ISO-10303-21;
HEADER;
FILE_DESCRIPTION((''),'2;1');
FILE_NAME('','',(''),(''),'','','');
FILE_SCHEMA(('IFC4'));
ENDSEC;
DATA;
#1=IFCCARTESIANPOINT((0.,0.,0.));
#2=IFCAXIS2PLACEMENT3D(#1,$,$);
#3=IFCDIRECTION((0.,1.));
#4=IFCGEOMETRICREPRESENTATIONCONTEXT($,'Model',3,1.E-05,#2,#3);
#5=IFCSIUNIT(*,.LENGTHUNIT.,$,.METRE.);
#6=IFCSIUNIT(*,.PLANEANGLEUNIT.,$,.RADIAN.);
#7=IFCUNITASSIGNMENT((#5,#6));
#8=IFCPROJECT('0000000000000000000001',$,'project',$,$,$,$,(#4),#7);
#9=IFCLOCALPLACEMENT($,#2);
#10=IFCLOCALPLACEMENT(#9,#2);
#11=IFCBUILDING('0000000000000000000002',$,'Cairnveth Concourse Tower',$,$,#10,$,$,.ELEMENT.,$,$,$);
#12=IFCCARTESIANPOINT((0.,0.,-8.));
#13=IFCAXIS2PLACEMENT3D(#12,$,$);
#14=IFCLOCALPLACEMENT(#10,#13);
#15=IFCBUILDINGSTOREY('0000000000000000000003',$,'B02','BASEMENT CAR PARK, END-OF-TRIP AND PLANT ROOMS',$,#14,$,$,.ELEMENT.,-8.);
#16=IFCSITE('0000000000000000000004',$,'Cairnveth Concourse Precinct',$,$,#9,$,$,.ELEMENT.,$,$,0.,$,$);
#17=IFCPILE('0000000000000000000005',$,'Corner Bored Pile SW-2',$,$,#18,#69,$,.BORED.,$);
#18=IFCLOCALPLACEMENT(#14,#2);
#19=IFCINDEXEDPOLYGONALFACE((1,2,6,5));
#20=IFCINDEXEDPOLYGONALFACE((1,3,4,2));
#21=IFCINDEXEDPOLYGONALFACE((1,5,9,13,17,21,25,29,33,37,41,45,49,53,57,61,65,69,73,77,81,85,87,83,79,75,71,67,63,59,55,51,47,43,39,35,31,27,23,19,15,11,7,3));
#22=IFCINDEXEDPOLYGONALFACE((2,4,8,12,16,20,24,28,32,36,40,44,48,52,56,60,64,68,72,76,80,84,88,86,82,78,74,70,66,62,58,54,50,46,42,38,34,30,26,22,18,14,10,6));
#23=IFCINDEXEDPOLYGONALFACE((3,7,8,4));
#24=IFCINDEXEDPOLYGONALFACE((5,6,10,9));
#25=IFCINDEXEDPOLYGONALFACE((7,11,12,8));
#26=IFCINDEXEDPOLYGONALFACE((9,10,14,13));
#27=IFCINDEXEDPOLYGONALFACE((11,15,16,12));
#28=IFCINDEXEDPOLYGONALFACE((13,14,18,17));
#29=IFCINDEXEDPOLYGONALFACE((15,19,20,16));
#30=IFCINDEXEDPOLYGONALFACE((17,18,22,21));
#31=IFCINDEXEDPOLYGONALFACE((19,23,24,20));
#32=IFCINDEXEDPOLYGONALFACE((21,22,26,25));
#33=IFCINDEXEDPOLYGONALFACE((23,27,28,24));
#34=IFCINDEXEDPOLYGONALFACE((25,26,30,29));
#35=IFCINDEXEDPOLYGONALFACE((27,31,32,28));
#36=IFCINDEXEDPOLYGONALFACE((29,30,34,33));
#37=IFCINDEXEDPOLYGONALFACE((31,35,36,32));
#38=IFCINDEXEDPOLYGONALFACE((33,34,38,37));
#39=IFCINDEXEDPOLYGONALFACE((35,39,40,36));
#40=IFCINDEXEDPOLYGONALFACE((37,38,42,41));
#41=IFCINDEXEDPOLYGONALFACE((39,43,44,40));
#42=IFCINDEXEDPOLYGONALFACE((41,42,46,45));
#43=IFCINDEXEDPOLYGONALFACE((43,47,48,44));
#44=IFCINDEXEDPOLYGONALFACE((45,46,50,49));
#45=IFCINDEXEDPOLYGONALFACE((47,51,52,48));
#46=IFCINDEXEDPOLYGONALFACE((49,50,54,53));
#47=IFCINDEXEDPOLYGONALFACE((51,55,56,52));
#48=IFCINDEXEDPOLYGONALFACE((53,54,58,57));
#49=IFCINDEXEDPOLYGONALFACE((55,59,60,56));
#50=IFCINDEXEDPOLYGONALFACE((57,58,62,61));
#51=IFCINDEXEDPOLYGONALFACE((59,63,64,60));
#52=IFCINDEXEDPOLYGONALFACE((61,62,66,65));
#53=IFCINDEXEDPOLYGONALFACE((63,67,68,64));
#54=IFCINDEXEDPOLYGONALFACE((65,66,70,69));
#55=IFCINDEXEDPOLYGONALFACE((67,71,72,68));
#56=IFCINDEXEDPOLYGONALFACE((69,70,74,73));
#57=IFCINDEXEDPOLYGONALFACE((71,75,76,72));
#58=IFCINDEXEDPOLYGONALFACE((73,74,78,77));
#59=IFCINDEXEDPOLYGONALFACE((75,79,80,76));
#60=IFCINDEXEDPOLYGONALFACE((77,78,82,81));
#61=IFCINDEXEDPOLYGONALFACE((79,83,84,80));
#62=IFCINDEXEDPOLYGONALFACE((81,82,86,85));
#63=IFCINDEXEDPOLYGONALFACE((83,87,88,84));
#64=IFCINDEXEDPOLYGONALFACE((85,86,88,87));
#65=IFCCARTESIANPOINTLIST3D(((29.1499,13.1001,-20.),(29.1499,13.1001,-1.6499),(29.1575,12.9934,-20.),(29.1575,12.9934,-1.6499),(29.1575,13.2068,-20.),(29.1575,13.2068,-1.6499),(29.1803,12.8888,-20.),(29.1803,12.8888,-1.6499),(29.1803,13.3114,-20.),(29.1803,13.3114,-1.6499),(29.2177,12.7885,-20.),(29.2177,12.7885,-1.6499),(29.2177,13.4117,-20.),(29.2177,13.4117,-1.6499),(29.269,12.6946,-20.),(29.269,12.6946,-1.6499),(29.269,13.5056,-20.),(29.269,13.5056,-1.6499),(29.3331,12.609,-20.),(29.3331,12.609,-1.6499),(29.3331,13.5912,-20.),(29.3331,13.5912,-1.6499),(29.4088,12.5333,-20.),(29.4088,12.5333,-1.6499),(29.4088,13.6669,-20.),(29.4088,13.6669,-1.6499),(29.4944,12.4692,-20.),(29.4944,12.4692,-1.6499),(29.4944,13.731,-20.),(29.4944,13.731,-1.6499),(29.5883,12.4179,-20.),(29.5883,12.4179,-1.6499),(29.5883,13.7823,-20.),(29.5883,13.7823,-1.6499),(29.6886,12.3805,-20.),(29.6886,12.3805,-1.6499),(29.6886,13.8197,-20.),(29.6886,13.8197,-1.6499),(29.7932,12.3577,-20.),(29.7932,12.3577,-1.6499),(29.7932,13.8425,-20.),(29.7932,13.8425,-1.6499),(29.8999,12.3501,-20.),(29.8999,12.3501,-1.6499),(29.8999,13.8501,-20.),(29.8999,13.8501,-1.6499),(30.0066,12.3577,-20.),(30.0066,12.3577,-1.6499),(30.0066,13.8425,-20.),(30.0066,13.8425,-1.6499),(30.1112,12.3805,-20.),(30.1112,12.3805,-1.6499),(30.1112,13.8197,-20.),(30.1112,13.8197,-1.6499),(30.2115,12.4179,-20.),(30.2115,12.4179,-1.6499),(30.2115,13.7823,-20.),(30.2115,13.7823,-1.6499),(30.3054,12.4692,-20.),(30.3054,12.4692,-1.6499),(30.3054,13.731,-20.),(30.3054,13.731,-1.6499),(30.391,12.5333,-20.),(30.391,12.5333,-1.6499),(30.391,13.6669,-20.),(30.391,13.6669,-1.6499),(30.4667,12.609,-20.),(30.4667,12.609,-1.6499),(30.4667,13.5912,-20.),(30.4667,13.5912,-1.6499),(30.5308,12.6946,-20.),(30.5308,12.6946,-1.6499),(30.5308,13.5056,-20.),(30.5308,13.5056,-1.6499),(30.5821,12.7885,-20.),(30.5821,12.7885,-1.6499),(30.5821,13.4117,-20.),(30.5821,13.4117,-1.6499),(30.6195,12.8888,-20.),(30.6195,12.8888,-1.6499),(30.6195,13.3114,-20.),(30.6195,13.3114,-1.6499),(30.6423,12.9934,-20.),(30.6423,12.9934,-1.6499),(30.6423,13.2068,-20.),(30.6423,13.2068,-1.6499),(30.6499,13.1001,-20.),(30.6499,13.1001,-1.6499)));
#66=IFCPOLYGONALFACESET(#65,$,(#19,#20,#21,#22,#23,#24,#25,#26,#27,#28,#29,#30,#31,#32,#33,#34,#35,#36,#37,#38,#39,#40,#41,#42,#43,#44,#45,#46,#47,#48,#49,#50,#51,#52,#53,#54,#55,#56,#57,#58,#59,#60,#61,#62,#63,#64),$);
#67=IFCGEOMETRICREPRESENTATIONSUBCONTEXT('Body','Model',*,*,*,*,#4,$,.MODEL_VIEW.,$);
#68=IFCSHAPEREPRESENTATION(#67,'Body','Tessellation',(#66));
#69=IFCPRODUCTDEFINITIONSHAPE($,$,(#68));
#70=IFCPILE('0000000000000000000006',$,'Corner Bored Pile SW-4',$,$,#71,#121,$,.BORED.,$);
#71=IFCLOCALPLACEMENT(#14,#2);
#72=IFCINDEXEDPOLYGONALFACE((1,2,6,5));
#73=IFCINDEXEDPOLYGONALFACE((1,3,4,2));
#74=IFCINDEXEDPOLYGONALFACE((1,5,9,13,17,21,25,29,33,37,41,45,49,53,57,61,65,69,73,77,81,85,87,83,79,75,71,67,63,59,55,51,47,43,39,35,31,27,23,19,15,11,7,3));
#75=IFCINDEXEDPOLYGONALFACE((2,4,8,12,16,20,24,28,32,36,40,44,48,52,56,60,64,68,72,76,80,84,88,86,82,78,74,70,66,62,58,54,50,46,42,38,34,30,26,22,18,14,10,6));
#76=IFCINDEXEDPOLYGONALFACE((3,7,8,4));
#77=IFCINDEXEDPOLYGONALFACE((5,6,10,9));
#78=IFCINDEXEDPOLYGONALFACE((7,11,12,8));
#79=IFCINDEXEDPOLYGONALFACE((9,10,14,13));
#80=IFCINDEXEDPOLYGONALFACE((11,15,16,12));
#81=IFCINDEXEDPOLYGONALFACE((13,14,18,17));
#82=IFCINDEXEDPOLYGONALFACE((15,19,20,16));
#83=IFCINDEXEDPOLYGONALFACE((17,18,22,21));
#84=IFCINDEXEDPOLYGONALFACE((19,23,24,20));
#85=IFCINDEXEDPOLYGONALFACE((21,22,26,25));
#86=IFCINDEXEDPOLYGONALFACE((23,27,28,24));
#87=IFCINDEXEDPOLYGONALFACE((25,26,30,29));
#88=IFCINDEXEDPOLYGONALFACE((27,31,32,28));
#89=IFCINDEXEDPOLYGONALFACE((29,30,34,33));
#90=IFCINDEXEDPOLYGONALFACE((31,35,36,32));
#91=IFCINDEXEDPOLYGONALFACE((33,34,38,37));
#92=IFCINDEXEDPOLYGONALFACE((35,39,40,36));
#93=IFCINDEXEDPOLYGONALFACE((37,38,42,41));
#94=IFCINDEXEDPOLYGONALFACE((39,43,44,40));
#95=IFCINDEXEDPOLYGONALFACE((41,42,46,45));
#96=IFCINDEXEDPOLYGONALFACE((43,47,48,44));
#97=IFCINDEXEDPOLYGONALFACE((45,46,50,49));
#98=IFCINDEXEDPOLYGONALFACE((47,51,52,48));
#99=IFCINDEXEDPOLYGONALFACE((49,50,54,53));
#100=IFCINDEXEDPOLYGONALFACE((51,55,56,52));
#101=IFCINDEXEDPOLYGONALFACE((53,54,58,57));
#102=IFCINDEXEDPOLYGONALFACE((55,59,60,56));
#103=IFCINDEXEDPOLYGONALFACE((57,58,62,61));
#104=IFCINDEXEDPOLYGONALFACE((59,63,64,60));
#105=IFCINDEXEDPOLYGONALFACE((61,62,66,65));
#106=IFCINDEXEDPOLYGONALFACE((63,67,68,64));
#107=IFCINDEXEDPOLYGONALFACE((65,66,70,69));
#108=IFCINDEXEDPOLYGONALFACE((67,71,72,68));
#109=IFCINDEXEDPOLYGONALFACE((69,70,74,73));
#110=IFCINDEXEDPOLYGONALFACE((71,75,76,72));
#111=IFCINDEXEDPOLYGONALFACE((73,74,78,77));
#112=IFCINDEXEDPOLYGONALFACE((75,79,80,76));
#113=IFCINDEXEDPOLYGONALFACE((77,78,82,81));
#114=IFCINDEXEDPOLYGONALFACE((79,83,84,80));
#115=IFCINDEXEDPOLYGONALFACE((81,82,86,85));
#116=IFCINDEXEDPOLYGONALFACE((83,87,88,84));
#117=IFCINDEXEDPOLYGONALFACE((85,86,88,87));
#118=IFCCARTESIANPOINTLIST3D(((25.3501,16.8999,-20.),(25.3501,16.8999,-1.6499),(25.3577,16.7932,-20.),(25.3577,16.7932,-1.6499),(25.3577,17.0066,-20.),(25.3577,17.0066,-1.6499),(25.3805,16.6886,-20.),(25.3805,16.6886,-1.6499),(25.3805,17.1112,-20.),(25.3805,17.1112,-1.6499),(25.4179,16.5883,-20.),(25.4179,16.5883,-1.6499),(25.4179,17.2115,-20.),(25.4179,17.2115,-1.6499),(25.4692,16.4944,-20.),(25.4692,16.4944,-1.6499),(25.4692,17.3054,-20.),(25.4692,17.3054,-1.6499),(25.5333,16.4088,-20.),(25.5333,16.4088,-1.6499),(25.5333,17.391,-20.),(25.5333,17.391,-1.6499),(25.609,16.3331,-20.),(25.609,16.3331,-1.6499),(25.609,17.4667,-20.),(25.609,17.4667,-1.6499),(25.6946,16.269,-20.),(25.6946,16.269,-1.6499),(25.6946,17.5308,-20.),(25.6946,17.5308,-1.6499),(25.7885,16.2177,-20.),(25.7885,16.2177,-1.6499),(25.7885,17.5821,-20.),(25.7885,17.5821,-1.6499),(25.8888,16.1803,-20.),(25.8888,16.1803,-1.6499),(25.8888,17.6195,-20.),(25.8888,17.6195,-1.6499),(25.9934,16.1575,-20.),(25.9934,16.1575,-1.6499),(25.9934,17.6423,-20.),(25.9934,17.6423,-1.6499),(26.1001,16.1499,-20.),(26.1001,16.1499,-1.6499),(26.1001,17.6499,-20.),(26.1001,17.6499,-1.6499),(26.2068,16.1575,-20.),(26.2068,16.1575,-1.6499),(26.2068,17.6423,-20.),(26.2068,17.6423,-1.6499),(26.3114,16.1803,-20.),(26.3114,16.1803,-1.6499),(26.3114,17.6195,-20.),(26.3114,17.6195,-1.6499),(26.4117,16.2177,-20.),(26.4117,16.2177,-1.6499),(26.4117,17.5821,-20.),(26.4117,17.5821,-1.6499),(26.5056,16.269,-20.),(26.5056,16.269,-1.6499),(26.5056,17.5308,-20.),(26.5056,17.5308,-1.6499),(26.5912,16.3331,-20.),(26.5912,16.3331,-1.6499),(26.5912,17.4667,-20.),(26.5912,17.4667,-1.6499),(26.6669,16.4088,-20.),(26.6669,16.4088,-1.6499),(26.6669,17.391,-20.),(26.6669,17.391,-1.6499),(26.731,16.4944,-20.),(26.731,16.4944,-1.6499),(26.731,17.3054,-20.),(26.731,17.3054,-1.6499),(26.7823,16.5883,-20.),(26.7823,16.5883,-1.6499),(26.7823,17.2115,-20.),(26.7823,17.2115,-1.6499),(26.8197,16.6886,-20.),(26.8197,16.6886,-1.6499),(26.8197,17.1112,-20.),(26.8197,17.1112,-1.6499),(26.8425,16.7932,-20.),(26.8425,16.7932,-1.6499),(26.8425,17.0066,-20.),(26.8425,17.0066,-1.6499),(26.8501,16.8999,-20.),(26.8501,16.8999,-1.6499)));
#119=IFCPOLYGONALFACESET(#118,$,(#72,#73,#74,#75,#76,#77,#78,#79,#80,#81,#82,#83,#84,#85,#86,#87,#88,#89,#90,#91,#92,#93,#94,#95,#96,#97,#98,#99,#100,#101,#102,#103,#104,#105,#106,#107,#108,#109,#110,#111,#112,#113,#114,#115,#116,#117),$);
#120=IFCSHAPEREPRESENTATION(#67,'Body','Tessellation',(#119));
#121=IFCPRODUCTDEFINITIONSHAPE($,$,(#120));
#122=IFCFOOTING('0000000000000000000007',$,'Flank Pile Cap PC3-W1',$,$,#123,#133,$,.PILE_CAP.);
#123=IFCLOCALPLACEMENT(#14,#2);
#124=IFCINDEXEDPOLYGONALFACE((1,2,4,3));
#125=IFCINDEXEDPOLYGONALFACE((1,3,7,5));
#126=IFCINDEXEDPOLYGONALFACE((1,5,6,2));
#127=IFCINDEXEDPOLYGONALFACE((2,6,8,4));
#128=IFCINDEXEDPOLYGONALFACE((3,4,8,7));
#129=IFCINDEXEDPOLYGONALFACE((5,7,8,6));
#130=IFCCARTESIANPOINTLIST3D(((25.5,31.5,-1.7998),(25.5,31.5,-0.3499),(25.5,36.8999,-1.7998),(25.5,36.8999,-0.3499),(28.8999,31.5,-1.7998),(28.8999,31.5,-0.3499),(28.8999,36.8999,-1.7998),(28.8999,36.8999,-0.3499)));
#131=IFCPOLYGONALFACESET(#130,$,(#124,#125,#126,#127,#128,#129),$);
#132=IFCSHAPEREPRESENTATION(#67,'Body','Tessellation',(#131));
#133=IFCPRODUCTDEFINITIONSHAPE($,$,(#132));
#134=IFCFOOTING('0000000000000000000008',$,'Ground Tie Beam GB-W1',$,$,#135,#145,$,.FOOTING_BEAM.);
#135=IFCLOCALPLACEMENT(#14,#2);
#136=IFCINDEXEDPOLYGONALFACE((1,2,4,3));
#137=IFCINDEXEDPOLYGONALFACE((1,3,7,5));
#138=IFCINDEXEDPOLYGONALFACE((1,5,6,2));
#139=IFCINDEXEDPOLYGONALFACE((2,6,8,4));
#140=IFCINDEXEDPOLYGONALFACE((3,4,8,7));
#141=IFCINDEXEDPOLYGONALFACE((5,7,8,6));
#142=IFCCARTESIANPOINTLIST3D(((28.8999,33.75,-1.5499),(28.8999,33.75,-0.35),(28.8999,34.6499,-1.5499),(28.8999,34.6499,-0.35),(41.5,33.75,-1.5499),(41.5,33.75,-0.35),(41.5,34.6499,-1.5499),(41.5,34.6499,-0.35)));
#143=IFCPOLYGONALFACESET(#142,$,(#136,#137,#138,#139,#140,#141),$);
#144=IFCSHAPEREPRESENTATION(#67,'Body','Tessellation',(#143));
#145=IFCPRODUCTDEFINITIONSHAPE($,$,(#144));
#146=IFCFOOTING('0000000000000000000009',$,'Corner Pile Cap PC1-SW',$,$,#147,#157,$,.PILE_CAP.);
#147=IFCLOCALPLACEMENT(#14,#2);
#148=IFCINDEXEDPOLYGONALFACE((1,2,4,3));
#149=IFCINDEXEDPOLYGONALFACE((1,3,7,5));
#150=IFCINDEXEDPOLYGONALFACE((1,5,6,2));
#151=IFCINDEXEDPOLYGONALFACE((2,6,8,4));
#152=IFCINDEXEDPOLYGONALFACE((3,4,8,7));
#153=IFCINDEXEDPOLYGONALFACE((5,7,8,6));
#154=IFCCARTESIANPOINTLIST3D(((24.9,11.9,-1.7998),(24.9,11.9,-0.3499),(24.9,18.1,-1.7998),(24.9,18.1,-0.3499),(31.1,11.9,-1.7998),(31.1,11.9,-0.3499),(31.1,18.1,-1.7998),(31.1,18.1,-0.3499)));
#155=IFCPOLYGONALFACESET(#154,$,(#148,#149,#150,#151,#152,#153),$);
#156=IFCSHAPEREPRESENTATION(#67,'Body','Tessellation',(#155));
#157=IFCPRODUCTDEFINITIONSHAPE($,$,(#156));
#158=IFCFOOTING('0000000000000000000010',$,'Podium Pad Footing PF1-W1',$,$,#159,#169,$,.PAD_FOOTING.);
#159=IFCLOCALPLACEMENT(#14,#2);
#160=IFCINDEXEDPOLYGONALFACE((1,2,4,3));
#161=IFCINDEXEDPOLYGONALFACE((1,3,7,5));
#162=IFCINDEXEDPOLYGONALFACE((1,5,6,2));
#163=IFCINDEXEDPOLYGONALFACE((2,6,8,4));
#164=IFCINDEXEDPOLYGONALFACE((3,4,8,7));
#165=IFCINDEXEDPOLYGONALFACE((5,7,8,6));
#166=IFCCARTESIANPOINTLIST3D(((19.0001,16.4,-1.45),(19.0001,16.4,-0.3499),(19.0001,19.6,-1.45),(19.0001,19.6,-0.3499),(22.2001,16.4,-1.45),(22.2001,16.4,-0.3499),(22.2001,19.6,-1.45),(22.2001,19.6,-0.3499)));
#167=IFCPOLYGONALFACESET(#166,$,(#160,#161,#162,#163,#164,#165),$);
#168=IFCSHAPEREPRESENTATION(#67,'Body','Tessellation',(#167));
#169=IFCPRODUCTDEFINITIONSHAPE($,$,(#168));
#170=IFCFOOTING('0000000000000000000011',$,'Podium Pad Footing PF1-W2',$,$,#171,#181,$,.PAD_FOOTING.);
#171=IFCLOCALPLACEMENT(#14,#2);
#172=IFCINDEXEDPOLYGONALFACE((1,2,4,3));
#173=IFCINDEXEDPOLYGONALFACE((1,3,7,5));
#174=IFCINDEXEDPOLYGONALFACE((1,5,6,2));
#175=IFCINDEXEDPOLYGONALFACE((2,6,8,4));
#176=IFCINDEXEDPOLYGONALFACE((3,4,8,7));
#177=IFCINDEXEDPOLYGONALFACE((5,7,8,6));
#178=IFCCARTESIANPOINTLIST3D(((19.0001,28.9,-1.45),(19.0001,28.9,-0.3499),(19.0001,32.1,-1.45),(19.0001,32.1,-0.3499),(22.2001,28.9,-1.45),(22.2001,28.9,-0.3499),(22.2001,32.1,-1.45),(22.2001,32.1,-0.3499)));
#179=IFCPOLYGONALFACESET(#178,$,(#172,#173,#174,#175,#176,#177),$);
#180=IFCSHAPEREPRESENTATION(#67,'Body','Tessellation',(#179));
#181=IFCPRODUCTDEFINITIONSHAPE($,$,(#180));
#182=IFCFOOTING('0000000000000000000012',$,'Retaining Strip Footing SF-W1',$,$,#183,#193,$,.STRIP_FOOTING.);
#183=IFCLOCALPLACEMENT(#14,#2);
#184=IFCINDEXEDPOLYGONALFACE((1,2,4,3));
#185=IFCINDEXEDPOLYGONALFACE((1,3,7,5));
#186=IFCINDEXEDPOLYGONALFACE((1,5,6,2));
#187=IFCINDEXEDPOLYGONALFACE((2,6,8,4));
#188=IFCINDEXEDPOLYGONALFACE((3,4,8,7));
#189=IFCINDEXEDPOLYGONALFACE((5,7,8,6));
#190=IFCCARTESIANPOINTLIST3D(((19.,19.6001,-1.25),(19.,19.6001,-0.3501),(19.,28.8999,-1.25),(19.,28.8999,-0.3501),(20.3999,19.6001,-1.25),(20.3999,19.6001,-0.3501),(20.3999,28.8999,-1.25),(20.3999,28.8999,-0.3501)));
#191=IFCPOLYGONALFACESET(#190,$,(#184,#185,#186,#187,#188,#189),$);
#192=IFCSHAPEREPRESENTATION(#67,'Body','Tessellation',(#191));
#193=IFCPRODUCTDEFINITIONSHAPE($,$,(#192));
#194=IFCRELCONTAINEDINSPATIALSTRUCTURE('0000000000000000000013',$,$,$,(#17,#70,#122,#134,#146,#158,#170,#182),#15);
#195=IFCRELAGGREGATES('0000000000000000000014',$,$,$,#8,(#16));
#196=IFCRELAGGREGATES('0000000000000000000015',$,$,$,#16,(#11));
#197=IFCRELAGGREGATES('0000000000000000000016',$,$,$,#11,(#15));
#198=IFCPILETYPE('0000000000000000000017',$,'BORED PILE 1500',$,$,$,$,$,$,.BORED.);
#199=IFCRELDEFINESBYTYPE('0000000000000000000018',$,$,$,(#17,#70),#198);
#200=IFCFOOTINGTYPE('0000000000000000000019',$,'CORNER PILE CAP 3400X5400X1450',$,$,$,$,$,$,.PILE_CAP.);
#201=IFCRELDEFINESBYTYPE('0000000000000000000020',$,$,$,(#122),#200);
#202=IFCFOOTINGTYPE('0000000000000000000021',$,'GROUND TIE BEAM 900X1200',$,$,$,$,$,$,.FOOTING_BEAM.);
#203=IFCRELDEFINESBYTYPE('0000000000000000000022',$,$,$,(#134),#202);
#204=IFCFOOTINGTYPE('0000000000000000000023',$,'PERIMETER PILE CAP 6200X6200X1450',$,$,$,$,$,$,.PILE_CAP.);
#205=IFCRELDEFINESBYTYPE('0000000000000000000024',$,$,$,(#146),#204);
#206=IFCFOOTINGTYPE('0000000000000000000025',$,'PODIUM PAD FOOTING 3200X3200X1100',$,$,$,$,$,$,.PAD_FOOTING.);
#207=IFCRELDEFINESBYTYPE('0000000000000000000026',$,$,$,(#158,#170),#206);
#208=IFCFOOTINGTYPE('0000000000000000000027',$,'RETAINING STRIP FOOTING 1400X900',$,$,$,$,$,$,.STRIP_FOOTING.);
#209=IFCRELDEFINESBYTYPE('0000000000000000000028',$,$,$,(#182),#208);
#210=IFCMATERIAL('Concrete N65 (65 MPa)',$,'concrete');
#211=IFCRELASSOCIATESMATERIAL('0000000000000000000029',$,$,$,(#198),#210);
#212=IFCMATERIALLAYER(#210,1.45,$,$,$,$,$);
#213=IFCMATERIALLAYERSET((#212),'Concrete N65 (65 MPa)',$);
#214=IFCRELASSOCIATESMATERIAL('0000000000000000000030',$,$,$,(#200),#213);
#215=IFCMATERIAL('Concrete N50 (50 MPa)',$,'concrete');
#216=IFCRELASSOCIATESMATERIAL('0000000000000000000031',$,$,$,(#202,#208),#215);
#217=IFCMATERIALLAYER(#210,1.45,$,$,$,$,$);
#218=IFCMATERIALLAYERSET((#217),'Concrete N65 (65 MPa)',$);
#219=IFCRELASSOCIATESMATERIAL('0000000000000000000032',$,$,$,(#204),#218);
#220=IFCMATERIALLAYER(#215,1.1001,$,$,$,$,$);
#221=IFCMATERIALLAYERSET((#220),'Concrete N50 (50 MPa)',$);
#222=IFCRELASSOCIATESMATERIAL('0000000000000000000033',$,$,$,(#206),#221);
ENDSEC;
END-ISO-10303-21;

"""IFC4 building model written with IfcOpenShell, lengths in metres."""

from ifc_helpers import new_model, si_unit, direction, frame, origin, origin_2d, place, context, subcontext, project, spatial, rectangle, circle, extrude, material, layer, layer_set, material_profile, profile_set, type_object, element, save


model = new_model("IFC4")

# Units and contexts
model_context = context("Model", 3, precision=1e-05, world=origin(), true_north=direction((0.0, 1.0)))
body_context = subcontext(model_context, "Body", "Model", "MODEL_VIEW")
ifc_project = project(units=[si_unit("LENGTHUNIT", "METRE"), si_unit("PLANEANGLEUNIT", "RADIAN")], contexts=[model_context])

# Site, building, storey
site_placement = place(None, origin())
site = spatial("IfcSite", under=ifc_project, at=site_placement, Name="Cairnveth Concourse Precinct", CompositionType="ELEMENT", RefElevation=0.0)
building_placement = place(site_placement, origin())
building = spatial("IfcBuilding", under=site, at=building_placement, Name="Cairnveth Concourse Tower", CompositionType="ELEMENT")
storey_placement = place(building_placement, frame((0.0, 0.0, -8.0)))
storey = spatial("IfcBuildingStorey", under=building, at=storey_placement, Name="B02", Description="BASEMENT CAR PARK, END-OF-TRIP AND PLANT ROOMS", CompositionType="ELEMENT", Elevation=-8.0)

# Piles
ifc_material_1 = material(Name="Concrete N50 (50 MPa)", Category="concrete")
ifc_material_2 = material(Name="Concrete N65 (65 MPa)", Category="concrete")
ifc_material_profile_1 = material_profile(ifc_material_2, circle(Radius=0.75, at=origin_2d()), Name="PILE-1500")
ifc_profile_set_1 = profile_set([ifc_material_profile_1], Name="Concrete N65 (65 MPa)")
pile_type_1 = type_object("IfcPileType", Name="BORED PILE 1500", PredefinedType="BORED", material=ifc_profile_set_1)
for number, where, z_axis, x_axis, name in (
    (1, (29.8999, 13.1001, -1.6499), (0.0, 0.0, -1.0), (1.0, 0.0, 0.0), "Corner Bored Pile SW-2"),
    (2, (26.1001, 16.8999, -1.6499), (0.0, 0.0, -1.0), (1.0, 0.0, 0.0), "Corner Bored Pile SW-4"),
):
    element("IfcPile", number, at=place(storey_placement, frame(where, z_axis=z_axis, x_axis=x_axis)), inside=storey, type_object=pile_type_1, Name=name, PredefinedType="BORED", context=body_context, shape_type="SweptSolid", body=[
        extrude(circle(Radius=0.75, at=origin_2d()), origin(), (0.0, 0.0, 1.0), 18.3501),
    ])

# Footings
ifc_layer_1 = layer(ifc_material_2, 1.45)
ifc_layer_set_1 = layer_set([ifc_layer_1], Name="Concrete N65 (65 MPa)")
footing_type_1 = type_object("IfcFootingType", Name="CORNER PILE CAP 3400X5400X1450", PredefinedType="PILE_CAP", material=ifc_layer_set_1)
footing_1_placement = place(storey_placement, frame((27.2, 34.2, -1.7998), z_axis=(0.0, 0.0, 1.0), x_axis=(1.0, 0.0, 0.0)))
element("IfcFooting", 3, at=footing_1_placement, inside=storey, type_object=footing_type_1, Name="Flank Pile Cap PC3-W1", PredefinedType="PILE_CAP", context=body_context, shape_type="SweptSolid", body=[
    extrude(rectangle(XDim=3.3999, YDim=5.3999, at=origin_2d()), origin(), (0.0, 0.0, 1.0), 1.45),
])
ifc_material_profile_2 = material_profile(ifc_material_1, rectangle(XDim=0.8999, YDim=1.2, at=origin_2d()), Name="RC-GB-900x1200")
ifc_profile_set_2 = profile_set([ifc_material_profile_2], Name="Concrete N50 (50 MPa)")
footing_type_2 = type_object("IfcFootingType", Name="GROUND TIE BEAM 900X1200", PredefinedType="FOOTING_BEAM", material=ifc_profile_set_2)
footing_2_placement = place(storey_placement, frame((28.8999, 34.2, -0.95), z_axis=(1.0, 0.0, 0.0), x_axis=(0.0, 1.0, 0.0)))
element("IfcFooting", 4, at=footing_2_placement, inside=storey, type_object=footing_type_2, Name="Ground Tie Beam GB-W1", PredefinedType="FOOTING_BEAM", context=body_context, shape_type="SweptSolid", body=[
    extrude(rectangle(XDim=0.8999, YDim=1.2, at=origin_2d()), origin(), (0.0, 0.0, 1.0), 12.6001),
])
ifc_layer_2 = layer(ifc_material_2, 1.45)
ifc_layer_set_2 = layer_set([ifc_layer_2], Name="Concrete N65 (65 MPa)")
footing_type_3 = type_object("IfcFootingType", Name="PERIMETER PILE CAP 6200X6200X1450", PredefinedType="PILE_CAP", material=ifc_layer_set_2)
footing_3_placement = place(storey_placement, frame((28.0, 15.0, -1.7998), z_axis=(0.0, 0.0, 1.0), x_axis=(1.0, 0.0, 0.0)))
element("IfcFooting", 5, at=footing_3_placement, inside=storey, type_object=footing_type_3, Name="Corner Pile Cap PC1-SW", PredefinedType="PILE_CAP", context=body_context, shape_type="SweptSolid", body=[
    extrude(rectangle(XDim=6.2, YDim=6.2, at=origin_2d()), origin(), (0.0, 0.0, 1.0), 1.45),
])
ifc_layer_3 = layer(ifc_material_1, 1.1001)
ifc_layer_set_3 = layer_set([ifc_layer_3], Name="Concrete N50 (50 MPa)")
footing_type_4 = type_object("IfcFootingType", Name="PODIUM PAD FOOTING 3200X3200X1100", PredefinedType="PAD_FOOTING", material=ifc_layer_set_3)
for number, where, z_axis, x_axis, name in (
    (6, (20.6001, 18.0, -1.45), (0.0, 0.0, 1.0), (1.0, 0.0, 0.0), "Podium Pad Footing PF1-W1"),
    (7, (20.6001, 30.5, -1.45), (0.0, 0.0, 1.0), (1.0, 0.0, 0.0), "Podium Pad Footing PF1-W2"),
):
    element("IfcFooting", number, at=place(storey_placement, frame(where, z_axis=z_axis, x_axis=x_axis)), inside=storey, type_object=footing_type_4, Name=name, PredefinedType="PAD_FOOTING", context=body_context, shape_type="SweptSolid", body=[
        extrude(rectangle(XDim=3.2, YDim=3.2, at=origin_2d()), origin(), (0.0, 0.0, 1.0), 1.1001),
    ])
ifc_material_profile_3 = material_profile(ifc_material_1, rectangle(XDim=1.3999, YDim=0.8999, at=origin_2d()), Name="SF-1400x900")
ifc_profile_set_3 = profile_set([ifc_material_profile_3], Name="Concrete N50 (50 MPa)")
footing_type_5 = type_object("IfcFootingType", Name="RETAINING STRIP FOOTING 1400X900", PredefinedType="STRIP_FOOTING", material=ifc_profile_set_3)
footing_4_placement = place(storey_placement, frame((19.7, 19.6001, -0.8), z_axis=(0.0, 1.0, 0.0), x_axis=(-1.0, 0.0, 0.0)))
element("IfcFooting", 8, at=footing_4_placement, inside=storey, type_object=footing_type_5, Name="Retaining Strip Footing SF-W1", PredefinedType="STRIP_FOOTING", context=body_context, shape_type="SweptSolid", body=[
    extrude(rectangle(XDim=1.3999, YDim=0.8999, at=origin_2d()), origin(), (0.0, 0.0, 1.0), 9.2998),
])

save(model, "model.ifc")
